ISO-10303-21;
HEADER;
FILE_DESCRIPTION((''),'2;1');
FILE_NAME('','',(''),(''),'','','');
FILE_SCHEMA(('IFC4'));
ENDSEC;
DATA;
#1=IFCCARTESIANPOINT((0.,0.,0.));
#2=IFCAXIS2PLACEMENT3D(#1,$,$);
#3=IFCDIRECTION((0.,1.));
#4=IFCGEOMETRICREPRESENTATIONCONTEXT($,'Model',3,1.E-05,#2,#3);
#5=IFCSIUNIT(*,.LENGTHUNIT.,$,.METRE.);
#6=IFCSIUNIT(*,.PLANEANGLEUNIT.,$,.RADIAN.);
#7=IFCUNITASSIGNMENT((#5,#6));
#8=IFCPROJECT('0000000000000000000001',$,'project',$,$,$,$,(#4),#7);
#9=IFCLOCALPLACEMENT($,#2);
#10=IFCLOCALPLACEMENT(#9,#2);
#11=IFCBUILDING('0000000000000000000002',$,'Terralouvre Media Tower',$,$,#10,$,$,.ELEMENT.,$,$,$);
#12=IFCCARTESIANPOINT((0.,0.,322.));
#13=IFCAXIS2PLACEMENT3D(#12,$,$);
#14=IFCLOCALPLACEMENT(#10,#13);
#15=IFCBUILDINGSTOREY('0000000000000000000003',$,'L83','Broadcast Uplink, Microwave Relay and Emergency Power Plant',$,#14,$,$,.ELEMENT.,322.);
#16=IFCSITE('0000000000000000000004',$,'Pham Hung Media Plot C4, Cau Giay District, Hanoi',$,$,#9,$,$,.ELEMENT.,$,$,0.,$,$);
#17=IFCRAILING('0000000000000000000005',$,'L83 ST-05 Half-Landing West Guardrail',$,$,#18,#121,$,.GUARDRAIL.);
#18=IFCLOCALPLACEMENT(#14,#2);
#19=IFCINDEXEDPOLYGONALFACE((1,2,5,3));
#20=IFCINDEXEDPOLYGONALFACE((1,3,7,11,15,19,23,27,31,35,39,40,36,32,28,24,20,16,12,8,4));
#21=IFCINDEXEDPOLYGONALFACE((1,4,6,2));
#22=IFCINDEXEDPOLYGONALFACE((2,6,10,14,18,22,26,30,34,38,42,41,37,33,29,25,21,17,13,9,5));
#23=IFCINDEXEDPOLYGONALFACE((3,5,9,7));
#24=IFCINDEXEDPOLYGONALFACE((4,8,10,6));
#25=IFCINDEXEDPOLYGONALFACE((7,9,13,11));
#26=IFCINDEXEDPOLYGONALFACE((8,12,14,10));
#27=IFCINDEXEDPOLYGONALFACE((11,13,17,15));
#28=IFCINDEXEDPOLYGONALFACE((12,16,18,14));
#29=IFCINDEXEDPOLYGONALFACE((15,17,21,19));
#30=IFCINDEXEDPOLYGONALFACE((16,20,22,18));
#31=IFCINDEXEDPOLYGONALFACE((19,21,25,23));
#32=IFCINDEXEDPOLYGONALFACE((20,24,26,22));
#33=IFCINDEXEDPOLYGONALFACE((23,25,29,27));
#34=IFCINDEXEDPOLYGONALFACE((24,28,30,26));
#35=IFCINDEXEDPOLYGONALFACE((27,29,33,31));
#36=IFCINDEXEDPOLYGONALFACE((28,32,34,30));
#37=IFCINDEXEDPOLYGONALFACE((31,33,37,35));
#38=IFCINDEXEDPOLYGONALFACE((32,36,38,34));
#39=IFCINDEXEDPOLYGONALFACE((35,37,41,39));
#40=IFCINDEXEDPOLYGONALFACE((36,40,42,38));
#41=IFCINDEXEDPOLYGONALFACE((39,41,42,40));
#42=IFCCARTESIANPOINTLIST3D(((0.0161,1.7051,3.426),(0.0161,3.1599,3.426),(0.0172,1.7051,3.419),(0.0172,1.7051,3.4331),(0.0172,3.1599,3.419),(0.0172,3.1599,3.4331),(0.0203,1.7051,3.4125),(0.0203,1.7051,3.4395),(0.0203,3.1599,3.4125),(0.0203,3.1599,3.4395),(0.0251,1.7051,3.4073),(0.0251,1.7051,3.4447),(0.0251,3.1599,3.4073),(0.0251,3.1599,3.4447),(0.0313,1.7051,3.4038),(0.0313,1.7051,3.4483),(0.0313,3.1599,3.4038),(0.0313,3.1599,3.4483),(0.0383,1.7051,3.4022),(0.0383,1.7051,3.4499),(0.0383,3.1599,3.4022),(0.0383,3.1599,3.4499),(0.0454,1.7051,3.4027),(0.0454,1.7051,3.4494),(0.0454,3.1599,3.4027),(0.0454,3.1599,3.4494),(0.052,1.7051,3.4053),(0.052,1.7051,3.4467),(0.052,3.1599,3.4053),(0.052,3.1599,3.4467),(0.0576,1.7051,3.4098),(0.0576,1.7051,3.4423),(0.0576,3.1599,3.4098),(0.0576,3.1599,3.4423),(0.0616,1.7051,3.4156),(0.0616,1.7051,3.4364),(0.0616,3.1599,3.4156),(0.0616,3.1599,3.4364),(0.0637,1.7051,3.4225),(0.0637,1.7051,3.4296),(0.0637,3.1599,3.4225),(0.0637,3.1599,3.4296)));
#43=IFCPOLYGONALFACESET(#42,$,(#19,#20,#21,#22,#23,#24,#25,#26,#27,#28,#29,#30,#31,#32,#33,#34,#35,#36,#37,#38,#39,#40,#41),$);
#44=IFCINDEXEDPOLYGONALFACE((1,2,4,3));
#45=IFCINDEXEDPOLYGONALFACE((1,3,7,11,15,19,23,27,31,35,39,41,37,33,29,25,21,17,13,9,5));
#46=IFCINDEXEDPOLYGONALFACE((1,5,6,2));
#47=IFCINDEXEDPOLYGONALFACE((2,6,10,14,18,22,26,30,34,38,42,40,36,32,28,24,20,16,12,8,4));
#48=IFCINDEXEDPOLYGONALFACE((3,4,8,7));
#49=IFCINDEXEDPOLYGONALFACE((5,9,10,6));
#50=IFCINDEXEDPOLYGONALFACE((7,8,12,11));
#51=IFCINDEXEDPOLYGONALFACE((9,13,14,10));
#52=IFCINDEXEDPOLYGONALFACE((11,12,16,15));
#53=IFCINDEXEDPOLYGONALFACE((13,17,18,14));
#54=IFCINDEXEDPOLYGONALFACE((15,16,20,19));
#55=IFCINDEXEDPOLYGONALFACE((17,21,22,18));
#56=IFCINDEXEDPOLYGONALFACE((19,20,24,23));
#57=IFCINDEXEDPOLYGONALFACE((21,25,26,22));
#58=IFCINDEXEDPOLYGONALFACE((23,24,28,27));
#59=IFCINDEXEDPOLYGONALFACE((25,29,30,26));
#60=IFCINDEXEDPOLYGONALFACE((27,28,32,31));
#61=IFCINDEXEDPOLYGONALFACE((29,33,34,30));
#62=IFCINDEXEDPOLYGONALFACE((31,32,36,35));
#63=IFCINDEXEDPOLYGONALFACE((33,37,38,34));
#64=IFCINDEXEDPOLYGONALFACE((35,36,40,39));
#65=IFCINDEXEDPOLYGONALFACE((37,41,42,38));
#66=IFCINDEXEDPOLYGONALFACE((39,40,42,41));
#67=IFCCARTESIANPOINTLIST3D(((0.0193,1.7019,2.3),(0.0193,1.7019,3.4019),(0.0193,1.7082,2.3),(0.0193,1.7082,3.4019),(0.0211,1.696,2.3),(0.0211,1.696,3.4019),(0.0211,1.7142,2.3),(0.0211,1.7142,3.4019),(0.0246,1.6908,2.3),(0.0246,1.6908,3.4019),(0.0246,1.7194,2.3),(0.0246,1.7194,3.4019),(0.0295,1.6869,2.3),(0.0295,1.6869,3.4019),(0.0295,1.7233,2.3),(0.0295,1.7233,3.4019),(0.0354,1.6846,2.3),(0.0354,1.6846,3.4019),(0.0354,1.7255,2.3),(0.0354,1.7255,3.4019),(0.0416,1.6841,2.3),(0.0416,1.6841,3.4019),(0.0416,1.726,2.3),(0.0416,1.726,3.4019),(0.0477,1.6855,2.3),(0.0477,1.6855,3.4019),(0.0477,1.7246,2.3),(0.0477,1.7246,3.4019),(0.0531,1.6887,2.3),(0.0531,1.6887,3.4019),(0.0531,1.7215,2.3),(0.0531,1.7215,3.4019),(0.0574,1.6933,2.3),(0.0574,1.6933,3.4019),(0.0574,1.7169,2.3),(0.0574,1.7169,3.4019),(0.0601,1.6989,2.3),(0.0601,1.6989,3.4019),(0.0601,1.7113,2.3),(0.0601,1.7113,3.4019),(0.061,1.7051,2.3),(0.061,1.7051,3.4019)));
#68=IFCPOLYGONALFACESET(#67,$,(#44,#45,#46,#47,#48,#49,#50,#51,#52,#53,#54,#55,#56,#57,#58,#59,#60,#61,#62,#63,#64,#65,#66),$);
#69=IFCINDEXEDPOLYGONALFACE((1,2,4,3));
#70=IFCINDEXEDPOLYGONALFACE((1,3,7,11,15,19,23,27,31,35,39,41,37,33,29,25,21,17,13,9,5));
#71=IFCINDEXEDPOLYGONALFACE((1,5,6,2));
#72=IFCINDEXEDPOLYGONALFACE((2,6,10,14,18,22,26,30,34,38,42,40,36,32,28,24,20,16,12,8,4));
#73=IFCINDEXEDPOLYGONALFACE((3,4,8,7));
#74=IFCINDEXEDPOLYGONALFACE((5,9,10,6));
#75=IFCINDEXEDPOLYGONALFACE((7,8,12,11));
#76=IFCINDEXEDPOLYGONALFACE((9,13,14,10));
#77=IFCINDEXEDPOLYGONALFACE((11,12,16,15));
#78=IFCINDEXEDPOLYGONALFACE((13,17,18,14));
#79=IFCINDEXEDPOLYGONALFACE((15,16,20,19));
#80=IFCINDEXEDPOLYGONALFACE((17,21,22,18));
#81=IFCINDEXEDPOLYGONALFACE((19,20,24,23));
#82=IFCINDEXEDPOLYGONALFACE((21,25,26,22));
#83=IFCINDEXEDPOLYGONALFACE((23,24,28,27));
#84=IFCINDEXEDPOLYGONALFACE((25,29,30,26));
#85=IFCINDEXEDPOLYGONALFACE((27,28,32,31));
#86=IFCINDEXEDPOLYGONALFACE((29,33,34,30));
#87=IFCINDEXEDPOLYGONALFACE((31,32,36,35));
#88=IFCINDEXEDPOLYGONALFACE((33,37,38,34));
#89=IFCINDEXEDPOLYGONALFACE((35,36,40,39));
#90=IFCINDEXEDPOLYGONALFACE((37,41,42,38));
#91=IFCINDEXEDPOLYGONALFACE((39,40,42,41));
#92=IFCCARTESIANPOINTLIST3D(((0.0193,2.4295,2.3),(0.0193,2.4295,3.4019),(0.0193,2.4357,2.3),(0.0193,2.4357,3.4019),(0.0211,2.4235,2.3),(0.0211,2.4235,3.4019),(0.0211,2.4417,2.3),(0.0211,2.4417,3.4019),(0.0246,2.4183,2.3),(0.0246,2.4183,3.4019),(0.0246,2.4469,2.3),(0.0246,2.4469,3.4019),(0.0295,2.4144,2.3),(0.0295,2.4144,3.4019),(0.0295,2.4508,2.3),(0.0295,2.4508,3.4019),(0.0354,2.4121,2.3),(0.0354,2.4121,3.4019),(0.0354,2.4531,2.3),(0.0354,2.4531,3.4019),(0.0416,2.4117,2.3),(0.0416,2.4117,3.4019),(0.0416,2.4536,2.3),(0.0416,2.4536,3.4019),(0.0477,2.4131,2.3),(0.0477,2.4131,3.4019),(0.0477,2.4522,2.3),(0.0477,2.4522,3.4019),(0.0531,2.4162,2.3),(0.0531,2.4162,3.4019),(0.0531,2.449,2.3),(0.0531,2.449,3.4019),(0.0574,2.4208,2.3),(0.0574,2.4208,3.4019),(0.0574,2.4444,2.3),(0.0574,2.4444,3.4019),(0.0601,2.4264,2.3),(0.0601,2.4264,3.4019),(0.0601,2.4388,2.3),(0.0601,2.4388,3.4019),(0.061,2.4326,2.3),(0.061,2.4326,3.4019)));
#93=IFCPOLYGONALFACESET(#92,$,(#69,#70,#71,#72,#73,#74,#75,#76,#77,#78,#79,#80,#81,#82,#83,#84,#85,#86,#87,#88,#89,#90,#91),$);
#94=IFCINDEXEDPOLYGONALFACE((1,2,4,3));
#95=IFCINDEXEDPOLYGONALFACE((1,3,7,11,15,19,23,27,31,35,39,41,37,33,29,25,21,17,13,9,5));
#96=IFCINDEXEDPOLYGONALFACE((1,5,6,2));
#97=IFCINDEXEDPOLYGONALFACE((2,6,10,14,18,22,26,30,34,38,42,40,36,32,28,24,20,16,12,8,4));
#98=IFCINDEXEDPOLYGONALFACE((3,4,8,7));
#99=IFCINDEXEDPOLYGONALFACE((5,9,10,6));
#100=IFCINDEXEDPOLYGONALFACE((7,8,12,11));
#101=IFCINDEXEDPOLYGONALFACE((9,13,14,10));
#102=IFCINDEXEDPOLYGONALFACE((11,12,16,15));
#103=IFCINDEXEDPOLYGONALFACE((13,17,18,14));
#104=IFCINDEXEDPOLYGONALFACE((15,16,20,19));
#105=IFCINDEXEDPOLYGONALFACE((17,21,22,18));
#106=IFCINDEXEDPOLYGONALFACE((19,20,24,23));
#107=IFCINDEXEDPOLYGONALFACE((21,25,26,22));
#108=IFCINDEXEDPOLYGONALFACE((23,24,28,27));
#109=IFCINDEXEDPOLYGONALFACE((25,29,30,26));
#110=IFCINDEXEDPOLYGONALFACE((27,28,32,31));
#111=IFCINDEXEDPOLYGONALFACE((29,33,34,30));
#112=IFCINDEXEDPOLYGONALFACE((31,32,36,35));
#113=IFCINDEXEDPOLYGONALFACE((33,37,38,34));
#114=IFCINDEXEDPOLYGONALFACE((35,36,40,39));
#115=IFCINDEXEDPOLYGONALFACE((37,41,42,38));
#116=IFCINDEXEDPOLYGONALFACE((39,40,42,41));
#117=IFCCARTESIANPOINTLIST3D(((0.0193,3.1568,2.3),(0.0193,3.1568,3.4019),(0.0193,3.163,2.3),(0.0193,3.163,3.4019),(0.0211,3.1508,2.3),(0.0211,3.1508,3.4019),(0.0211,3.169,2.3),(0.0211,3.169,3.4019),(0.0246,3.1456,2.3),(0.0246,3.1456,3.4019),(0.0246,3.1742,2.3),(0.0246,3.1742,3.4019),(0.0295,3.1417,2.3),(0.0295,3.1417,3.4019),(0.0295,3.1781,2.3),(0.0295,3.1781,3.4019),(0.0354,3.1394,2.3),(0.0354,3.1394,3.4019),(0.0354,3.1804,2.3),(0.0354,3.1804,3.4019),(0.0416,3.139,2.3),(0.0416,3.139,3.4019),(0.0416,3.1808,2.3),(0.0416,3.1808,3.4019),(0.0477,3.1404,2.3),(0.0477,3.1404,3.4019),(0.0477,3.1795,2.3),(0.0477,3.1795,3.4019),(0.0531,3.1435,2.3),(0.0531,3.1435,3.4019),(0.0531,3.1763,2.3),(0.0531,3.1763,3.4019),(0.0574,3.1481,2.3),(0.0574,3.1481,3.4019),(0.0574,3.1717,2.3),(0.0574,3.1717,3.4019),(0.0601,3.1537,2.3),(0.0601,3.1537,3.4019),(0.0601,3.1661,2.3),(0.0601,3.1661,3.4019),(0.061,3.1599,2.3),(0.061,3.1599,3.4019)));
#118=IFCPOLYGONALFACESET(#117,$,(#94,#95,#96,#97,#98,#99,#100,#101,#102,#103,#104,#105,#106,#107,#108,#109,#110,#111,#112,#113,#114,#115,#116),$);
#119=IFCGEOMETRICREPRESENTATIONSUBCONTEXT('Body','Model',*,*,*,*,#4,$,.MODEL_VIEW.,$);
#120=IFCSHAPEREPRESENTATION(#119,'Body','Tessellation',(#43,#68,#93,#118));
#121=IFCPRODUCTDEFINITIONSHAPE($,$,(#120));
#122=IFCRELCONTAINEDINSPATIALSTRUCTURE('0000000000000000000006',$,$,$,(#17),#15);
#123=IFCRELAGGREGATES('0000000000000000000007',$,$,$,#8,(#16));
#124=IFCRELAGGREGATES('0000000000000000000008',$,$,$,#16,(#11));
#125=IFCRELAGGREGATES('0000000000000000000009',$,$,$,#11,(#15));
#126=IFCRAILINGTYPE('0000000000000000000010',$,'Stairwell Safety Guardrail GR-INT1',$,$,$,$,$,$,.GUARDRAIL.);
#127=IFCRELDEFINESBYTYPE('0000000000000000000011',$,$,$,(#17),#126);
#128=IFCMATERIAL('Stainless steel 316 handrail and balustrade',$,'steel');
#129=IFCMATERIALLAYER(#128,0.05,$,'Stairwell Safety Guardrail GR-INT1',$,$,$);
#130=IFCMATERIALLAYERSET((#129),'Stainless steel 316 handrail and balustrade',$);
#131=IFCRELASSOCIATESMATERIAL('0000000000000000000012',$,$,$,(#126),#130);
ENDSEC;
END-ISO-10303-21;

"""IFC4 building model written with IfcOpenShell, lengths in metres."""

from ifc_helpers import new_model, si_unit, direction, frame, origin, origin_2d, place, context, subcontext, project, spatial, circle, extrude, material, layer, layer_set, type_object, element, save


model = new_model("IFC4")

# Units and contexts
model_context = context("Model", 3, precision=1e-05, world=origin(), true_north=direction((0.0, 1.0)))
body_context = subcontext(model_context, "Body", "Model", "MODEL_VIEW")
ifc_project = project(units=[si_unit("LENGTHUNIT", "METRE"), si_unit("PLANEANGLEUNIT", "RADIAN")], contexts=[model_context])

# Site, building, storey
site_placement = place(None, origin())
site = spatial("IfcSite", under=ifc_project, at=site_placement, Name="Pham Hung Media Plot C4, Cau Giay District, Hanoi", CompositionType="ELEMENT", RefElevation=0.0)
building_placement = place(site_placement, origin())
building = spatial("IfcBuilding", under=site, at=building_placement, Name="Terralouvre Media Tower", CompositionType="ELEMENT")
storey_placement = place(building_placement, frame((0.0, 0.0, 322.0)))
storey = spatial("IfcBuildingStorey", under=building, at=storey_placement, Name="L83", Description="Broadcast Uplink, Microwave Relay and Emergency Power Plant", CompositionType="ELEMENT", Elevation=322.0)

# Railing
ifc_material_1 = material(Name="Stainless steel 316 handrail and balustrade", Category="steel")
ifc_layer_1 = layer(ifc_material_1, 0.05, Name="Stairwell Safety Guardrail GR-INT1")
ifc_layer_set_1 = layer_set([ifc_layer_1], Name="Stainless steel 316 handrail and balustrade")
railing_type_1 = type_object("IfcRailingType", Name="Stairwell Safety Guardrail GR-INT1", PredefinedType="GUARDRAIL", material=ifc_layer_set_1)
railing_1_placement = place(storey_placement, frame((0.04, 1.7051, 2.3)))
element("IfcRailing", 1, at=railing_1_placement, inside=storey, type_object=railing_type_1, Name="L83 ST-05 Half-Landing West Guardrail", PredefinedType="GUARDRAIL", context=body_context, shape_type="SweptSolid", body=[
    extrude(circle(Radius=0.0239, at=origin_2d()), frame((0.0, 0.0, 1.126), z_axis=(0.0, 1.0, 0.0), x_axis=(-1.0, 0.0, 0.0)), (0.0, 0.0, 1.0), 1.4548),
    extrude(circle(Radius=0.021, at=origin_2d()), origin(), (0.0, 0.0, 1.0), 1.1018),
    extrude(circle(Radius=0.021, at=origin_2d()), frame((0.0, 0.7275, 0.0)), (0.0, 0.0, 1.0), 1.1018),
    extrude(circle(Radius=0.021, at=origin_2d()), frame((0.0, 1.4548, 0.0)), (0.0, 0.0, 1.0), 1.1018),
])

save(model, "model.ifc")
